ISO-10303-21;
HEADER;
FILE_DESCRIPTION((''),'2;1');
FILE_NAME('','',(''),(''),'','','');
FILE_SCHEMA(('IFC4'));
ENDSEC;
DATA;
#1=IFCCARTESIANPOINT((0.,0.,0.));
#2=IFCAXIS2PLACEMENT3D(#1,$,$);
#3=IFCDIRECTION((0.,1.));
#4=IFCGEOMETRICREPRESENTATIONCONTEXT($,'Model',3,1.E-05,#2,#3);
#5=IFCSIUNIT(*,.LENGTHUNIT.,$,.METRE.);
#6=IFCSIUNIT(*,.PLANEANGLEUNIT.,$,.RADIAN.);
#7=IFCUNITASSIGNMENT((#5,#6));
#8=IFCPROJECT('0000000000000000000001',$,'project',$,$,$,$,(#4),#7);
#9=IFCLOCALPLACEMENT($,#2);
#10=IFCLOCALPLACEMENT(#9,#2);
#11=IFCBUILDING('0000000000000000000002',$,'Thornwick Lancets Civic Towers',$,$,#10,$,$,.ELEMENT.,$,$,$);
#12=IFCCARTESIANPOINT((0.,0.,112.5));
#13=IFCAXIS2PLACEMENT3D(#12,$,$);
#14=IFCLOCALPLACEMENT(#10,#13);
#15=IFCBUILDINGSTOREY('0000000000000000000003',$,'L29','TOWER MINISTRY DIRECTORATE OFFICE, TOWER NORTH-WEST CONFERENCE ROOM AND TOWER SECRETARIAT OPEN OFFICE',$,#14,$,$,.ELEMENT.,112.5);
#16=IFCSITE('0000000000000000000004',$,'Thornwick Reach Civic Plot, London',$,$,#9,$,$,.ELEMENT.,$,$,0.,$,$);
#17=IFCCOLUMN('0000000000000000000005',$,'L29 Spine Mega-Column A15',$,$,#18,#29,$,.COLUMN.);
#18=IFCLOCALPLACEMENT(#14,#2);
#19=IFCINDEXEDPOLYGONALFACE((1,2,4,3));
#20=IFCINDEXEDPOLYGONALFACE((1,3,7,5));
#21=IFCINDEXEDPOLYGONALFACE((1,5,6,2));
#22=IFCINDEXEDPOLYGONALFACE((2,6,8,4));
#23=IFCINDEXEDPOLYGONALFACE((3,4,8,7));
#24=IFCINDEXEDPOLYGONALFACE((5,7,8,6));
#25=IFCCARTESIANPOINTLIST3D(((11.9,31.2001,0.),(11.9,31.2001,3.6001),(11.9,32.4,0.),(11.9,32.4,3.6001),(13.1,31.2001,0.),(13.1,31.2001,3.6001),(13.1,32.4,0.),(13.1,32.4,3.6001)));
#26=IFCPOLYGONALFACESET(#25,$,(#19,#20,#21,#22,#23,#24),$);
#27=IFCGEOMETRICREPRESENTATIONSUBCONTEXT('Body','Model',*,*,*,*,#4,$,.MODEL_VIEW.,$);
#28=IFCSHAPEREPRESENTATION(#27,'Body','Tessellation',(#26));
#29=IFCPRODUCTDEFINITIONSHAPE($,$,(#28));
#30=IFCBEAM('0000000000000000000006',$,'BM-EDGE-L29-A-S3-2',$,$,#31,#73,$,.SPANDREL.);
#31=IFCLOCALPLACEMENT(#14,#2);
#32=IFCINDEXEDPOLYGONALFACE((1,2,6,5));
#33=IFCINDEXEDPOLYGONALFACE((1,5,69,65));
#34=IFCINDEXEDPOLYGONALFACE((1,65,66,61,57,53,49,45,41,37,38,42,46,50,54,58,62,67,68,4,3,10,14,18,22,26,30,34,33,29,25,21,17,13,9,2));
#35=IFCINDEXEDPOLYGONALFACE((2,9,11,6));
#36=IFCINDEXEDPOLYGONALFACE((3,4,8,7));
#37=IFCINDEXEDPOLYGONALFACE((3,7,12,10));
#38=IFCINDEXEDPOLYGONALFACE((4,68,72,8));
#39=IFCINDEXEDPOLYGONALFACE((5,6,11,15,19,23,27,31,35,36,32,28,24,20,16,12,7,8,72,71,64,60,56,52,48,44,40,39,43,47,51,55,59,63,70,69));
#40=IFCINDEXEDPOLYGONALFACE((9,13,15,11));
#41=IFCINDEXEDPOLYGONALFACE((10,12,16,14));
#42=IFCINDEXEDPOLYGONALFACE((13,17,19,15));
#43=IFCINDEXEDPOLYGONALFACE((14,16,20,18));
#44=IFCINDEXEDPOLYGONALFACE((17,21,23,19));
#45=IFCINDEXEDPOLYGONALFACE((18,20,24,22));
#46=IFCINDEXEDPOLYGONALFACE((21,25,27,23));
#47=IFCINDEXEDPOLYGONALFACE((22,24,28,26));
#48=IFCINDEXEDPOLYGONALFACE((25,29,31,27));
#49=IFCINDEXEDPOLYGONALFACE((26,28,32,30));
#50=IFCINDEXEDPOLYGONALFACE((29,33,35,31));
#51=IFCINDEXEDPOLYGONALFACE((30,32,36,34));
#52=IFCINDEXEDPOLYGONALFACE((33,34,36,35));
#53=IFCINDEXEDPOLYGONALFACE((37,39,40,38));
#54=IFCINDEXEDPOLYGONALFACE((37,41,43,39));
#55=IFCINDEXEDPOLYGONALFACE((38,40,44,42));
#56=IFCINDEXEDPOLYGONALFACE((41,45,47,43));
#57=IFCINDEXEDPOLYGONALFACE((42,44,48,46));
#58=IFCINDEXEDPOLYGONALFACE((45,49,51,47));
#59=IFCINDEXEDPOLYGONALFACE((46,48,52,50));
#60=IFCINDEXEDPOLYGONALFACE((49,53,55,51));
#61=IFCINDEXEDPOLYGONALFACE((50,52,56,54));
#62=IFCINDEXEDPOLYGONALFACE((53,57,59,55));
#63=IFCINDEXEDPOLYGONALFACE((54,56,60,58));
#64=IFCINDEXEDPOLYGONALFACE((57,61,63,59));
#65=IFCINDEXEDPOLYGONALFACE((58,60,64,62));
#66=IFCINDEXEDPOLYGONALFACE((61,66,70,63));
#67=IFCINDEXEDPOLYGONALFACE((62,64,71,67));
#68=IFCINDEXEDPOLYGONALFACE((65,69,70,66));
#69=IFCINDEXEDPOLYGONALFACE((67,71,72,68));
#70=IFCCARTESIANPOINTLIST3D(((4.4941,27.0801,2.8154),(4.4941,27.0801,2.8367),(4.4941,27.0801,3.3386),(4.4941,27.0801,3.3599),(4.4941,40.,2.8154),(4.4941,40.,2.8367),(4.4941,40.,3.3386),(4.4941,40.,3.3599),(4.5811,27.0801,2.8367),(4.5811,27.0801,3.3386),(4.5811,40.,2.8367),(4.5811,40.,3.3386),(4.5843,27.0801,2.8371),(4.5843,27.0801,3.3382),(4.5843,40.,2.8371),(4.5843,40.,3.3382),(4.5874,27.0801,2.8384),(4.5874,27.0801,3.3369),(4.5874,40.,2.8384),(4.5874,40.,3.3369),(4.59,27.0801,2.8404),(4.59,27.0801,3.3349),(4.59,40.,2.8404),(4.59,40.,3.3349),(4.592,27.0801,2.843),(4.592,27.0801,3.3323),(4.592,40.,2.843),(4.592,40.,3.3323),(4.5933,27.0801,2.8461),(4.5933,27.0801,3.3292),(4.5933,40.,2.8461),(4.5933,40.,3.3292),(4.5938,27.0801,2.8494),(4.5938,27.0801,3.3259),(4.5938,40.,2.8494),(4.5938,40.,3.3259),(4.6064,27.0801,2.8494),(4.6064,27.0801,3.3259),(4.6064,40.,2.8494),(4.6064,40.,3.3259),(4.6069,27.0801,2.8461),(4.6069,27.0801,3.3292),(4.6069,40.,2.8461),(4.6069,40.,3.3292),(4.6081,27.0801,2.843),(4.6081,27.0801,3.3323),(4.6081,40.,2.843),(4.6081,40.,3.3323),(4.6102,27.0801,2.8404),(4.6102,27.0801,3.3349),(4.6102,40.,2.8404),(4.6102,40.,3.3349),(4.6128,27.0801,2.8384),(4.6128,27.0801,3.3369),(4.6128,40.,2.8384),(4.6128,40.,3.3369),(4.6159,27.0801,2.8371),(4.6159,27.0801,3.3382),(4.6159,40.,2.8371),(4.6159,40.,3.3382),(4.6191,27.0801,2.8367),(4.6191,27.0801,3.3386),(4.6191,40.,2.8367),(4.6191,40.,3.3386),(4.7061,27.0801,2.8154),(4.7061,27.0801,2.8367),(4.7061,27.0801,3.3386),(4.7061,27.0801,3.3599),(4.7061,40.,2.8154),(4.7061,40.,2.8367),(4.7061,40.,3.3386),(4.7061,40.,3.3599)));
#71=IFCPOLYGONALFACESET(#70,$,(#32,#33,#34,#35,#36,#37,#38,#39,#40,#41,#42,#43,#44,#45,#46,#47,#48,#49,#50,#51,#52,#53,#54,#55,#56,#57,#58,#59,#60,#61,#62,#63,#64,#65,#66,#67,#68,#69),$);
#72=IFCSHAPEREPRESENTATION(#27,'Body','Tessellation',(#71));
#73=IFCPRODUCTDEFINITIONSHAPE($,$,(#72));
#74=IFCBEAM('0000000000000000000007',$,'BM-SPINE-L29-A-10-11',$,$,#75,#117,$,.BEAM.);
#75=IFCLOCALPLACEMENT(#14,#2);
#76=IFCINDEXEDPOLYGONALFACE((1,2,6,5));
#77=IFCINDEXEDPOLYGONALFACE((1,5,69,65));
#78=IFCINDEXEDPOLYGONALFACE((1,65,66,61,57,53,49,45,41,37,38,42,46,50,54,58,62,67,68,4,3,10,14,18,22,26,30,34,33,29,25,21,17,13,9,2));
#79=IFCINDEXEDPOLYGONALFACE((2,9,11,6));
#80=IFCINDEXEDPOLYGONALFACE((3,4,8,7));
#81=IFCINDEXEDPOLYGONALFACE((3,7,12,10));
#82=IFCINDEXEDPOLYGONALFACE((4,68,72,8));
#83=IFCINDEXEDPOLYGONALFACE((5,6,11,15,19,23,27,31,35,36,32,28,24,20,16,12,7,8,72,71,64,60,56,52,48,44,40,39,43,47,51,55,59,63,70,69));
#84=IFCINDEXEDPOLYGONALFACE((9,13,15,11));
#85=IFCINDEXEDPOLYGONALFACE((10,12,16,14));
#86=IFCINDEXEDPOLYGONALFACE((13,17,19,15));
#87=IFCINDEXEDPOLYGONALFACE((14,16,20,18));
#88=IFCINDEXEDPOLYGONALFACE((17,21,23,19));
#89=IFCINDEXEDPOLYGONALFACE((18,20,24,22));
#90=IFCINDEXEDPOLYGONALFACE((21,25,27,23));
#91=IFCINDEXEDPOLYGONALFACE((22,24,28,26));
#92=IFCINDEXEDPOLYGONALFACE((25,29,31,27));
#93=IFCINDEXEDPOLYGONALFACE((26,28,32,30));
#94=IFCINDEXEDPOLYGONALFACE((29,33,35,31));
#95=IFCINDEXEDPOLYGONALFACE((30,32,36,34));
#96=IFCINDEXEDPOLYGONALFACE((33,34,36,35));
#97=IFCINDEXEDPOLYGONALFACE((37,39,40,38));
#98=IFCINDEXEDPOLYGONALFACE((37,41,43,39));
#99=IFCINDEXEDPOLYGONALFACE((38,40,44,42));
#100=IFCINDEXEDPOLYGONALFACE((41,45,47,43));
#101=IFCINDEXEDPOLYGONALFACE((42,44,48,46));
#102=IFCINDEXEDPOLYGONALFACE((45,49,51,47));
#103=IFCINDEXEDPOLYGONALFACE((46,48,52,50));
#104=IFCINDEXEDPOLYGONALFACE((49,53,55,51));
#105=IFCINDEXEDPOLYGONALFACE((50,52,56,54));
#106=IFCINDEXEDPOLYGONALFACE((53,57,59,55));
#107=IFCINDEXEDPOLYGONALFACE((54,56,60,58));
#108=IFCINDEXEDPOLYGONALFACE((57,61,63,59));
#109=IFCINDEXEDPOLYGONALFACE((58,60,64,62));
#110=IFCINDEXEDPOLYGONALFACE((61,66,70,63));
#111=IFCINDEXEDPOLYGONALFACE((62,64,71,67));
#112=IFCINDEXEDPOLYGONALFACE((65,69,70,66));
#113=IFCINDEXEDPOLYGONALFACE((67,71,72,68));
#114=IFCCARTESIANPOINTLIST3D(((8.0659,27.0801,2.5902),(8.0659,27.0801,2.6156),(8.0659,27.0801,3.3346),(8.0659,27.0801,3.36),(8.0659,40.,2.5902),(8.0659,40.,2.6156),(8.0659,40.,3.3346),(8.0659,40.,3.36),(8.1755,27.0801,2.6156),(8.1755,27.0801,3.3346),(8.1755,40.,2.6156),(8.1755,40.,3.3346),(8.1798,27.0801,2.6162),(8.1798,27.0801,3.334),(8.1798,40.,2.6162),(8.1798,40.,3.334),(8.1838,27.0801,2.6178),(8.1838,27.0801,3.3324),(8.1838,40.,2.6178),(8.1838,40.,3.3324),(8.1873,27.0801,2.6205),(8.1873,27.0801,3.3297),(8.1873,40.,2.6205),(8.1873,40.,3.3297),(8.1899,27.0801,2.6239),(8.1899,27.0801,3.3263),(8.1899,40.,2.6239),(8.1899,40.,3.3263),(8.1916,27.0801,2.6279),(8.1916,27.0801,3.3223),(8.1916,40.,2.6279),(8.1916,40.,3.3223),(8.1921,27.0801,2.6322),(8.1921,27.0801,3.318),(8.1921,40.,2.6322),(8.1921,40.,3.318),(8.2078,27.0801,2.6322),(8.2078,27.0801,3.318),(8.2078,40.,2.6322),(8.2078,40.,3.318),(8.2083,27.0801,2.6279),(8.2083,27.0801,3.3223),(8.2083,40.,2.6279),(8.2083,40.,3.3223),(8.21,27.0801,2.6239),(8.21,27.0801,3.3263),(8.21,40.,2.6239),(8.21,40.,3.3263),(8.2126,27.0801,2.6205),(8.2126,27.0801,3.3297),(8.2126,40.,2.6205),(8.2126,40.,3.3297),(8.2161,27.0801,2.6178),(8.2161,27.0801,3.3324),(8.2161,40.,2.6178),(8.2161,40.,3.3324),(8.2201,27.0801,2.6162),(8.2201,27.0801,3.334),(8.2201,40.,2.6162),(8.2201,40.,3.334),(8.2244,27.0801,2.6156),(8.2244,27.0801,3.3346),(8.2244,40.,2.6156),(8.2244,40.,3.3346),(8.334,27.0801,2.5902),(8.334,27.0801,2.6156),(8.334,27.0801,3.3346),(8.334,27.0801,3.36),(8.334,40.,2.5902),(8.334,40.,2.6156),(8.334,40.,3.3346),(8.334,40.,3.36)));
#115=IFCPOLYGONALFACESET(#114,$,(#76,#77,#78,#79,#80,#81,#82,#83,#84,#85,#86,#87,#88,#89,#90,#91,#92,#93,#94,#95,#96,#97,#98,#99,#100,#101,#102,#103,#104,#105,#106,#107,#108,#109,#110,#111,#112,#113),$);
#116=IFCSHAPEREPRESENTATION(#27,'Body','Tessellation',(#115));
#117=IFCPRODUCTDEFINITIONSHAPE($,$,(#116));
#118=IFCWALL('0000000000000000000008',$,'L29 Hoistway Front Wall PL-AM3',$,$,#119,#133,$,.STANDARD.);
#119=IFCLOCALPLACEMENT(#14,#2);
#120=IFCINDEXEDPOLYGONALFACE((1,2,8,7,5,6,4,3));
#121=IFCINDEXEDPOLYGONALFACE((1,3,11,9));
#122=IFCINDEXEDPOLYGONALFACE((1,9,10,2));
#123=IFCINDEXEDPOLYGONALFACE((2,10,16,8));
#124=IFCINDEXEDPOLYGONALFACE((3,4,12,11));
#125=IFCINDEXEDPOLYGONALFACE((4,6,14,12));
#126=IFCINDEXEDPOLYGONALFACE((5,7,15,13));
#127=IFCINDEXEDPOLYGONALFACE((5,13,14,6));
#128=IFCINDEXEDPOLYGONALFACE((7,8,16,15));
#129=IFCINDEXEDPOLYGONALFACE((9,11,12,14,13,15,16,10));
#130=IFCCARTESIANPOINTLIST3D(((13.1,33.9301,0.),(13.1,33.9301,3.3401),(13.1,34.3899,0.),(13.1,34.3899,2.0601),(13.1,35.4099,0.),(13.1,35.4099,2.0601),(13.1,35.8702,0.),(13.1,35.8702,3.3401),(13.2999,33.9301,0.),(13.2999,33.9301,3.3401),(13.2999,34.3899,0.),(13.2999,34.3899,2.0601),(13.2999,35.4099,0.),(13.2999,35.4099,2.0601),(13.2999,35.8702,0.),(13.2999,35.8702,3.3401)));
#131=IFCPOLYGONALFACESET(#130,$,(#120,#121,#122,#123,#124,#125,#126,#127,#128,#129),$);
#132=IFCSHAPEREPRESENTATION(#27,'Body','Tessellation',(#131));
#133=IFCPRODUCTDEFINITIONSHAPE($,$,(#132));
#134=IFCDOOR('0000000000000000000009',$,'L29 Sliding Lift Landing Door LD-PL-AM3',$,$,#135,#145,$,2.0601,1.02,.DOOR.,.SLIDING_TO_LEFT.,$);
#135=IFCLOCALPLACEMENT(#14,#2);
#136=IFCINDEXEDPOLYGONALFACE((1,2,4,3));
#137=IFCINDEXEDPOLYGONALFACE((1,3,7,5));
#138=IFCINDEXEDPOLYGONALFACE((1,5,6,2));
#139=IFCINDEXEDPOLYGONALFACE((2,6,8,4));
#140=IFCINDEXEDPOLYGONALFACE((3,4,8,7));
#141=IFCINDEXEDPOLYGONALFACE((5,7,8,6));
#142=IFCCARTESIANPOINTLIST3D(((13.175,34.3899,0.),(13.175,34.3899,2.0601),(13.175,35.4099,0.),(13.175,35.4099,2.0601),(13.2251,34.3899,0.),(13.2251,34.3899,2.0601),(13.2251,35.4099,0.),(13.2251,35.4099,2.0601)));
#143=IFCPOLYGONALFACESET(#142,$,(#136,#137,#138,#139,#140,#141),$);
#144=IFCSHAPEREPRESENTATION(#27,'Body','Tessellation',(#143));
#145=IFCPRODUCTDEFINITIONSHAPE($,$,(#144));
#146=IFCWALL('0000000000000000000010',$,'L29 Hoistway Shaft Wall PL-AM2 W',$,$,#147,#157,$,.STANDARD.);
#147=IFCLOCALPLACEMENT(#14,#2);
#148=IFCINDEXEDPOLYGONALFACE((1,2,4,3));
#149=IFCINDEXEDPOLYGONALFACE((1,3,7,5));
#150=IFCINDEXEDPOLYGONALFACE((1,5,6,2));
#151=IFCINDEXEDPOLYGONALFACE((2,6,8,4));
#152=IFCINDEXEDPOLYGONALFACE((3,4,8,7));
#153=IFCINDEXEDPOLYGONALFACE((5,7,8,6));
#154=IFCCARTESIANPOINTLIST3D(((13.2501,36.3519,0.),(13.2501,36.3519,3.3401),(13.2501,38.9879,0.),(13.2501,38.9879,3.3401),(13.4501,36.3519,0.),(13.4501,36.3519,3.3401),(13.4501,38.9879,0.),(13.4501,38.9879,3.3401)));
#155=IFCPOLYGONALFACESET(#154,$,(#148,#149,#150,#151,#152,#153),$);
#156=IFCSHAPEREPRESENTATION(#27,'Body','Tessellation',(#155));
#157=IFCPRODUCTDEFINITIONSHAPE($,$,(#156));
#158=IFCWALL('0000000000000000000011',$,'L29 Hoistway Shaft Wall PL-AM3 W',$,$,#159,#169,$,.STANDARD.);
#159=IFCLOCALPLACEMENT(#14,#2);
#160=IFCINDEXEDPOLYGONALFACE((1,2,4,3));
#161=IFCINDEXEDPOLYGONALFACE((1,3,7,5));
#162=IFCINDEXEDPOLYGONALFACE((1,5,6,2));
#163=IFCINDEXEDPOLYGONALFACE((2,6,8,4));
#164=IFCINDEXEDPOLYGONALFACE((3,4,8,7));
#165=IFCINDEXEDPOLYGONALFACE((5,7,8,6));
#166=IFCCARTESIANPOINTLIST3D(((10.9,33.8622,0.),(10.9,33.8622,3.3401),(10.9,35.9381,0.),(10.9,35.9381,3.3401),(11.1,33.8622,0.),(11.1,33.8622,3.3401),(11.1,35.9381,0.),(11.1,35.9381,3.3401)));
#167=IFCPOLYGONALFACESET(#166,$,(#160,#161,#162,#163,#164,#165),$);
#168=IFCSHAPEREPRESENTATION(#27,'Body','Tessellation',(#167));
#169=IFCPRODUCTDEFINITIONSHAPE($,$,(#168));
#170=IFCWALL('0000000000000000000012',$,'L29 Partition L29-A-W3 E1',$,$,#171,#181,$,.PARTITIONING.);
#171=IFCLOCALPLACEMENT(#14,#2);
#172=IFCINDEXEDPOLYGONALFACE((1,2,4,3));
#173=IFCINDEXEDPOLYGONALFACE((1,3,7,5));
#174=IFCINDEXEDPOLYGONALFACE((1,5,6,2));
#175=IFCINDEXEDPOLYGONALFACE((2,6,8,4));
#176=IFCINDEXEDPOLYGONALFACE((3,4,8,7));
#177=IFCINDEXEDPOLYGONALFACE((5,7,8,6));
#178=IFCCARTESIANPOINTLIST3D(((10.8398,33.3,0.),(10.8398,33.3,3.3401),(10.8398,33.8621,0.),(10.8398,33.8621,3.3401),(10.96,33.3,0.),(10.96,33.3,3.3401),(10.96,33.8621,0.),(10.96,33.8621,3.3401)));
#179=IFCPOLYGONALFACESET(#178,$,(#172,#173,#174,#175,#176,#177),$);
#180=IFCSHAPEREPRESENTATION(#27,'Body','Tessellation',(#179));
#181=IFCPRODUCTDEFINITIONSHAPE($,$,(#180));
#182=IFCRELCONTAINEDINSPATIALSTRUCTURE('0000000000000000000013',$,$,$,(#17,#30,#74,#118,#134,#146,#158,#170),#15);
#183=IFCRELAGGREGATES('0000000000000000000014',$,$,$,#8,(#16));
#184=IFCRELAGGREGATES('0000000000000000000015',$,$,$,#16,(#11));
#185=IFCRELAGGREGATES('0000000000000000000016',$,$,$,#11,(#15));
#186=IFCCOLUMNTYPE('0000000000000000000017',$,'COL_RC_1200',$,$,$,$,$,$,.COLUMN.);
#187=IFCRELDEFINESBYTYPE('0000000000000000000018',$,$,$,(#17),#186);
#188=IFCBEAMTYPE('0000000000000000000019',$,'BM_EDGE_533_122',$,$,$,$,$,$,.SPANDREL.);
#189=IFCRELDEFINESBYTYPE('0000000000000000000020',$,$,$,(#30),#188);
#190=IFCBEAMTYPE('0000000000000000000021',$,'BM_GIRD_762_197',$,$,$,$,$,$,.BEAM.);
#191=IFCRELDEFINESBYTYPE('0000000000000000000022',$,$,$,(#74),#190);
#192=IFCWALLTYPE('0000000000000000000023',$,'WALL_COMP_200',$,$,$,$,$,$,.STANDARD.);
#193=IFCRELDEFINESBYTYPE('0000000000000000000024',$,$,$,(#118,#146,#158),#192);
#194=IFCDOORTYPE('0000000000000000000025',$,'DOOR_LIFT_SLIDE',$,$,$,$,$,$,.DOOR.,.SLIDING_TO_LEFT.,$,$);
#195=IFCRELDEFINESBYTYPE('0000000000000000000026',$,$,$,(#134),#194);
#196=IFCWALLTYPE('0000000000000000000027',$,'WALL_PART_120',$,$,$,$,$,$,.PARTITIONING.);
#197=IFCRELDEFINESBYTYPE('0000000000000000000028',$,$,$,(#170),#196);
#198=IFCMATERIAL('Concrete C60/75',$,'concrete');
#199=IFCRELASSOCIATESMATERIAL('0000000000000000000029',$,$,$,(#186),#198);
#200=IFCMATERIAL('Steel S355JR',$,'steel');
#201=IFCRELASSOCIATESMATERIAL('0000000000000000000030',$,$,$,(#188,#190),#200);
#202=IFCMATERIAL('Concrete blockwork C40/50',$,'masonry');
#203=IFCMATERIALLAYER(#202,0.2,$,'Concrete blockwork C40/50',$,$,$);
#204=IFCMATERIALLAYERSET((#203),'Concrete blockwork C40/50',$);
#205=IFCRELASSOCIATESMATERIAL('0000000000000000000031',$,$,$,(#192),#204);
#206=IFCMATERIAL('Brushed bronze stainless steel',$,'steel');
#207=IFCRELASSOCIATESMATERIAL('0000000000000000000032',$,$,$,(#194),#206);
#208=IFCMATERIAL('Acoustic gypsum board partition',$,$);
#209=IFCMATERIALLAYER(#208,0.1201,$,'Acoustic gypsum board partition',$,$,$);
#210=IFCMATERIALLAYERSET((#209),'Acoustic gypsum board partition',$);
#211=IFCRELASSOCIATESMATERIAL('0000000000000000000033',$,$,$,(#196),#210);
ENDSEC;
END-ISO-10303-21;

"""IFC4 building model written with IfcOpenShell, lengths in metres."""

from ifc_helpers import new_model, si_unit, direction, frame, frame_2d, origin, origin_2d, place, context, subcontext, project, spatial, rectangle, i_section, extrude, material, layer, layer_set, material_profile, profile_set, type_object, element, fill, save


model = new_model("IFC4")

# Units and contexts
model_context = context("Model", 3, precision=1e-05, world=origin(), true_north=direction((0.0, 1.0)))
body_context = subcontext(model_context, "Body", "Model", "MODEL_VIEW")
ifc_project = project(units=[si_unit("LENGTHUNIT", "METRE"), si_unit("PLANEANGLEUNIT", "RADIAN")], contexts=[model_context])

# Site, building, storey
site_placement = place(None, origin())
site = spatial("IfcSite", under=ifc_project, at=site_placement, Name="Thornwick Reach Civic Plot, London", CompositionType="ELEMENT", RefElevation=0.0)
building_placement = place(site_placement, origin())
building = spatial("IfcBuilding", under=site, at=building_placement, Name="Thornwick Lancets Civic Towers", CompositionType="ELEMENT")
storey_placement = place(building_placement, frame((0.0, 0.0, 112.5)))
storey = spatial("IfcBuildingStorey", under=building, at=storey_placement, Name="L29", Description="TOWER MINISTRY DIRECTORATE OFFICE, TOWER NORTH-WEST CONFERENCE ROOM AND TOWER SECRETARIAT OPEN OFFICE", CompositionType="ELEMENT", Elevation=112.5)

# Column
ifc_material_1 = material(Name="Concrete C60/75", Category="concrete")
ifc_material_profile_1 = material_profile(ifc_material_1, rectangle(XDim=1.2, YDim=1.2, at=origin_2d()), Name="RC 1200x1200")
ifc_profile_set_1 = profile_set([ifc_material_profile_1], Name="Concrete C60/75")
column_type = type_object("IfcColumnType", Name="COL_RC_1200", PredefinedType="COLUMN", material=ifc_profile_set_1)
column_placement = place(storey_placement, frame((12.5, 31.8, 0.0), z_axis=(0.0, 0.0, 1.0), x_axis=(1.0, 0.0, 0.0)))
element("IfcColumn", 1, at=column_placement, inside=storey, type_object=column_type, Name="L29 Spine Mega-Column A15", PredefinedType="COLUMN", context=body_context, shape_type="SweptSolid", body=[
    extrude(rectangle(XDim=1.2, YDim=1.2, at=origin_2d()), origin(), (0.0, 0.0, 1.0), 3.6001),
])

# Beams
ifc_material_2 = material(Name="Steel S355JR", Category="steel")
ifc_material_profile_2 = material_profile(ifc_material_2, i_section(OverallWidth=0.2119, OverallDepth=0.5444, WebThickness=0.0127, FlangeThickness=0.0212, FilletRadius=0.0127, at=origin_2d()), Name="UKB 533x210x122")
ifc_profile_set_2 = profile_set([ifc_material_profile_2], Name="Steel S355JR")
beam_type_1 = type_object("IfcBeamType", Name="BM_EDGE_533_122", PredefinedType="SPANDREL", material=ifc_profile_set_2)
beam_1_placement = place(storey_placement, frame((4.6001, 27.0801, 3.0876), z_axis=(0.0, 1.0, 0.0), x_axis=(-1.0, 0.0, 0.0)))
element("IfcBeam", 2, at=beam_1_placement, inside=storey, type_object=beam_type_1, Name="BM-EDGE-L29-A-S3-2", PredefinedType="SPANDREL", context=body_context, shape_type="SweptSolid", body=[
    extrude(i_section(OverallWidth=0.2119, OverallDepth=0.5444, WebThickness=0.0127, FlangeThickness=0.0212, FilletRadius=0.0127, at=origin_2d()), origin(), (0.0, 0.0, 1.0), 12.9199),
])
ifc_material_profile_3 = material_profile(ifc_material_2, i_section(OverallWidth=0.2681, OverallDepth=0.7698, WebThickness=0.0156, FlangeThickness=0.0254, FilletRadius=0.0166, at=origin_2d()), Name="UKB 762x267x197")
ifc_profile_set_3 = profile_set([ifc_material_profile_3], Name="Steel S355JR")
beam_type_2 = type_object("IfcBeamType", Name="BM_GIRD_762_197", PredefinedType="BEAM", material=ifc_profile_set_3)
beam_2_placement = place(storey_placement, frame((8.2, 27.0801, 2.9751), z_axis=(0.0, 1.0, 0.0), x_axis=(-1.0, 0.0, 0.0)))
element("IfcBeam", 3, at=beam_2_placement, inside=storey, type_object=beam_type_2, Name="BM-SPINE-L29-A-10-11", PredefinedType="BEAM", context=body_context, shape_type="SweptSolid", body=[
    extrude(i_section(OverallWidth=0.2681, OverallDepth=0.7698, WebThickness=0.0156, FlangeThickness=0.0254, FilletRadius=0.0166, at=origin_2d()), origin(), (0.0, 0.0, 1.0), 12.9199),
])

# Wall, opening, door
ifc_material_3 = material(Name="Concrete blockwork C40/50", Category="masonry")
ifc_layer_1 = layer(ifc_material_3, 0.2, Name="Concrete blockwork C40/50")
ifc_layer_set_1 = layer_set([ifc_layer_1], Name="Concrete blockwork C40/50")
wall_type_1 = type_object("IfcWallType", Name="WALL_COMP_200", PredefinedType="STANDARD", material=ifc_layer_set_1)
wall_1_placement = place(storey_placement, frame((13.2, 33.9299, 0.0), z_axis=(0.0, 0.0, 1.0), x_axis=(0.0, 1.0, 0.0)))
wall_1 = element("IfcWall", 4, at=wall_1_placement, inside=storey, type_object=wall_type_1, Name="L29 Hoistway Front Wall PL-AM3", PredefinedType="STANDARD", context=body_context, shape_type="SweptSolid", body=[
    extrude(rectangle(XDim=1.9402, YDim=0.2, at=frame_2d((0.9702, 0.0))), origin(), (0.0, 0.0, 1.0), 3.3401),
])
opening_1_placement = place(wall_1_placement, frame((0.46, 0.0, 0.0)))
opening_1 = element("IfcOpeningElement", 5, at=opening_1_placement, cuts=wall_1, PredefinedType="OPENING", context=body_context, shape_type="SweptSolid", body=[
    extrude(rectangle(XDim=1.02, YDim=2.0601, at=frame_2d((0.51, 1.03))), frame((0.0, 0.1099, 0.0), z_axis=(0.0, -1.0, 0.0), x_axis=(1.0, 0.0, 0.0)), (0.0, 0.0, 1.0), 0.22),
])
ifc_material_4 = material(Name="Brushed bronze stainless steel", Category="steel")
door_type_1 = type_object("IfcDoorType", Name="DOOR_LIFT_SLIDE", OperationType="SLIDING_TO_LEFT", PredefinedType="DOOR", material=ifc_material_4)
door_1_placement = place(opening_1_placement, origin())
door_1 = element("IfcDoor", 6, at=door_1_placement, inside=storey, type_object=door_type_1, Name="L29 Sliding Lift Landing Door LD-PL-AM3", OperationType="SLIDING_TO_LEFT", OverallHeight=2.0601, OverallWidth=1.02, PredefinedType="DOOR", context=body_context, shape_type="SweptSolid", body=[
    extrude(rectangle(XDim=1.02, YDim=2.0601, at=frame_2d((0.51, 1.03))), frame((0.0, 0.0249, 0.0), z_axis=(0.0, -1.0, 0.0), x_axis=(1.0, 0.0, 0.0)), (0.0, 0.0, 1.0), 0.05),
])
fill(opening_1, door_1)

# Walls
wall_2_placement = place(storey_placement, frame((13.3501, 36.3521, 0.0), z_axis=(0.0, 0.0, 1.0), x_axis=(0.0, 1.0, 0.0)))
element("IfcWall", 7, at=wall_2_placement, inside=storey, type_object=wall_type_1, Name="L29 Hoistway Shaft Wall PL-AM2 W", PredefinedType="STANDARD", context=body_context, shape_type="SweptSolid", body=[
    extrude(rectangle(XDim=2.636, YDim=0.2, at=frame_2d((1.3179, 0.0))), origin(), (0.0, 0.0, 1.0), 3.3401),
])
wall_3_placement = place(storey_placement, frame((11.0, 33.8621, 0.0), z_axis=(0.0, 0.0, 1.0), x_axis=(0.0, 1.0, 0.0)))
element("IfcWall", 8, at=wall_3_placement, inside=storey, type_object=wall_type_1, Name="L29 Hoistway Shaft Wall PL-AM3 W", PredefinedType="STANDARD", context=body_context, shape_type="SweptSolid", body=[
    extrude(rectangle(XDim=2.0759, YDim=0.2, at=frame_2d((1.0381, 0.0))), origin(), (0.0, 0.0, 1.0), 3.3401),
])
ifc_material_5 = material(Name="Acoustic gypsum board partition")
ifc_layer_2 = layer(ifc_material_5, 0.1201, Name="Acoustic gypsum board partition")
ifc_layer_set_2 = layer_set([ifc_layer_2], Name="Acoustic gypsum board partition")
wall_type_2 = type_object("IfcWallType", Name="WALL_PART_120", PredefinedType="PARTITIONING", material=ifc_layer_set_2)
wall_4_placement = place(storey_placement, frame((10.8999, 33.8621, 0.0), z_axis=(0.0, 0.0, 1.0), x_axis=(0.0, -1.0, 0.0)))
element("IfcWall", 9, at=wall_4_placement, inside=storey, type_object=wall_type_2, Name="L29 Partition L29-A-W3 E1", PredefinedType="PARTITIONING", context=body_context, shape_type="SweptSolid", body=[
    extrude(rectangle(XDim=0.562, YDim=0.1201, at=frame_2d((0.281, 0.0))), origin(), (0.0, 0.0, 1.0), 3.3401),
])

save(model, "model.ifc")
